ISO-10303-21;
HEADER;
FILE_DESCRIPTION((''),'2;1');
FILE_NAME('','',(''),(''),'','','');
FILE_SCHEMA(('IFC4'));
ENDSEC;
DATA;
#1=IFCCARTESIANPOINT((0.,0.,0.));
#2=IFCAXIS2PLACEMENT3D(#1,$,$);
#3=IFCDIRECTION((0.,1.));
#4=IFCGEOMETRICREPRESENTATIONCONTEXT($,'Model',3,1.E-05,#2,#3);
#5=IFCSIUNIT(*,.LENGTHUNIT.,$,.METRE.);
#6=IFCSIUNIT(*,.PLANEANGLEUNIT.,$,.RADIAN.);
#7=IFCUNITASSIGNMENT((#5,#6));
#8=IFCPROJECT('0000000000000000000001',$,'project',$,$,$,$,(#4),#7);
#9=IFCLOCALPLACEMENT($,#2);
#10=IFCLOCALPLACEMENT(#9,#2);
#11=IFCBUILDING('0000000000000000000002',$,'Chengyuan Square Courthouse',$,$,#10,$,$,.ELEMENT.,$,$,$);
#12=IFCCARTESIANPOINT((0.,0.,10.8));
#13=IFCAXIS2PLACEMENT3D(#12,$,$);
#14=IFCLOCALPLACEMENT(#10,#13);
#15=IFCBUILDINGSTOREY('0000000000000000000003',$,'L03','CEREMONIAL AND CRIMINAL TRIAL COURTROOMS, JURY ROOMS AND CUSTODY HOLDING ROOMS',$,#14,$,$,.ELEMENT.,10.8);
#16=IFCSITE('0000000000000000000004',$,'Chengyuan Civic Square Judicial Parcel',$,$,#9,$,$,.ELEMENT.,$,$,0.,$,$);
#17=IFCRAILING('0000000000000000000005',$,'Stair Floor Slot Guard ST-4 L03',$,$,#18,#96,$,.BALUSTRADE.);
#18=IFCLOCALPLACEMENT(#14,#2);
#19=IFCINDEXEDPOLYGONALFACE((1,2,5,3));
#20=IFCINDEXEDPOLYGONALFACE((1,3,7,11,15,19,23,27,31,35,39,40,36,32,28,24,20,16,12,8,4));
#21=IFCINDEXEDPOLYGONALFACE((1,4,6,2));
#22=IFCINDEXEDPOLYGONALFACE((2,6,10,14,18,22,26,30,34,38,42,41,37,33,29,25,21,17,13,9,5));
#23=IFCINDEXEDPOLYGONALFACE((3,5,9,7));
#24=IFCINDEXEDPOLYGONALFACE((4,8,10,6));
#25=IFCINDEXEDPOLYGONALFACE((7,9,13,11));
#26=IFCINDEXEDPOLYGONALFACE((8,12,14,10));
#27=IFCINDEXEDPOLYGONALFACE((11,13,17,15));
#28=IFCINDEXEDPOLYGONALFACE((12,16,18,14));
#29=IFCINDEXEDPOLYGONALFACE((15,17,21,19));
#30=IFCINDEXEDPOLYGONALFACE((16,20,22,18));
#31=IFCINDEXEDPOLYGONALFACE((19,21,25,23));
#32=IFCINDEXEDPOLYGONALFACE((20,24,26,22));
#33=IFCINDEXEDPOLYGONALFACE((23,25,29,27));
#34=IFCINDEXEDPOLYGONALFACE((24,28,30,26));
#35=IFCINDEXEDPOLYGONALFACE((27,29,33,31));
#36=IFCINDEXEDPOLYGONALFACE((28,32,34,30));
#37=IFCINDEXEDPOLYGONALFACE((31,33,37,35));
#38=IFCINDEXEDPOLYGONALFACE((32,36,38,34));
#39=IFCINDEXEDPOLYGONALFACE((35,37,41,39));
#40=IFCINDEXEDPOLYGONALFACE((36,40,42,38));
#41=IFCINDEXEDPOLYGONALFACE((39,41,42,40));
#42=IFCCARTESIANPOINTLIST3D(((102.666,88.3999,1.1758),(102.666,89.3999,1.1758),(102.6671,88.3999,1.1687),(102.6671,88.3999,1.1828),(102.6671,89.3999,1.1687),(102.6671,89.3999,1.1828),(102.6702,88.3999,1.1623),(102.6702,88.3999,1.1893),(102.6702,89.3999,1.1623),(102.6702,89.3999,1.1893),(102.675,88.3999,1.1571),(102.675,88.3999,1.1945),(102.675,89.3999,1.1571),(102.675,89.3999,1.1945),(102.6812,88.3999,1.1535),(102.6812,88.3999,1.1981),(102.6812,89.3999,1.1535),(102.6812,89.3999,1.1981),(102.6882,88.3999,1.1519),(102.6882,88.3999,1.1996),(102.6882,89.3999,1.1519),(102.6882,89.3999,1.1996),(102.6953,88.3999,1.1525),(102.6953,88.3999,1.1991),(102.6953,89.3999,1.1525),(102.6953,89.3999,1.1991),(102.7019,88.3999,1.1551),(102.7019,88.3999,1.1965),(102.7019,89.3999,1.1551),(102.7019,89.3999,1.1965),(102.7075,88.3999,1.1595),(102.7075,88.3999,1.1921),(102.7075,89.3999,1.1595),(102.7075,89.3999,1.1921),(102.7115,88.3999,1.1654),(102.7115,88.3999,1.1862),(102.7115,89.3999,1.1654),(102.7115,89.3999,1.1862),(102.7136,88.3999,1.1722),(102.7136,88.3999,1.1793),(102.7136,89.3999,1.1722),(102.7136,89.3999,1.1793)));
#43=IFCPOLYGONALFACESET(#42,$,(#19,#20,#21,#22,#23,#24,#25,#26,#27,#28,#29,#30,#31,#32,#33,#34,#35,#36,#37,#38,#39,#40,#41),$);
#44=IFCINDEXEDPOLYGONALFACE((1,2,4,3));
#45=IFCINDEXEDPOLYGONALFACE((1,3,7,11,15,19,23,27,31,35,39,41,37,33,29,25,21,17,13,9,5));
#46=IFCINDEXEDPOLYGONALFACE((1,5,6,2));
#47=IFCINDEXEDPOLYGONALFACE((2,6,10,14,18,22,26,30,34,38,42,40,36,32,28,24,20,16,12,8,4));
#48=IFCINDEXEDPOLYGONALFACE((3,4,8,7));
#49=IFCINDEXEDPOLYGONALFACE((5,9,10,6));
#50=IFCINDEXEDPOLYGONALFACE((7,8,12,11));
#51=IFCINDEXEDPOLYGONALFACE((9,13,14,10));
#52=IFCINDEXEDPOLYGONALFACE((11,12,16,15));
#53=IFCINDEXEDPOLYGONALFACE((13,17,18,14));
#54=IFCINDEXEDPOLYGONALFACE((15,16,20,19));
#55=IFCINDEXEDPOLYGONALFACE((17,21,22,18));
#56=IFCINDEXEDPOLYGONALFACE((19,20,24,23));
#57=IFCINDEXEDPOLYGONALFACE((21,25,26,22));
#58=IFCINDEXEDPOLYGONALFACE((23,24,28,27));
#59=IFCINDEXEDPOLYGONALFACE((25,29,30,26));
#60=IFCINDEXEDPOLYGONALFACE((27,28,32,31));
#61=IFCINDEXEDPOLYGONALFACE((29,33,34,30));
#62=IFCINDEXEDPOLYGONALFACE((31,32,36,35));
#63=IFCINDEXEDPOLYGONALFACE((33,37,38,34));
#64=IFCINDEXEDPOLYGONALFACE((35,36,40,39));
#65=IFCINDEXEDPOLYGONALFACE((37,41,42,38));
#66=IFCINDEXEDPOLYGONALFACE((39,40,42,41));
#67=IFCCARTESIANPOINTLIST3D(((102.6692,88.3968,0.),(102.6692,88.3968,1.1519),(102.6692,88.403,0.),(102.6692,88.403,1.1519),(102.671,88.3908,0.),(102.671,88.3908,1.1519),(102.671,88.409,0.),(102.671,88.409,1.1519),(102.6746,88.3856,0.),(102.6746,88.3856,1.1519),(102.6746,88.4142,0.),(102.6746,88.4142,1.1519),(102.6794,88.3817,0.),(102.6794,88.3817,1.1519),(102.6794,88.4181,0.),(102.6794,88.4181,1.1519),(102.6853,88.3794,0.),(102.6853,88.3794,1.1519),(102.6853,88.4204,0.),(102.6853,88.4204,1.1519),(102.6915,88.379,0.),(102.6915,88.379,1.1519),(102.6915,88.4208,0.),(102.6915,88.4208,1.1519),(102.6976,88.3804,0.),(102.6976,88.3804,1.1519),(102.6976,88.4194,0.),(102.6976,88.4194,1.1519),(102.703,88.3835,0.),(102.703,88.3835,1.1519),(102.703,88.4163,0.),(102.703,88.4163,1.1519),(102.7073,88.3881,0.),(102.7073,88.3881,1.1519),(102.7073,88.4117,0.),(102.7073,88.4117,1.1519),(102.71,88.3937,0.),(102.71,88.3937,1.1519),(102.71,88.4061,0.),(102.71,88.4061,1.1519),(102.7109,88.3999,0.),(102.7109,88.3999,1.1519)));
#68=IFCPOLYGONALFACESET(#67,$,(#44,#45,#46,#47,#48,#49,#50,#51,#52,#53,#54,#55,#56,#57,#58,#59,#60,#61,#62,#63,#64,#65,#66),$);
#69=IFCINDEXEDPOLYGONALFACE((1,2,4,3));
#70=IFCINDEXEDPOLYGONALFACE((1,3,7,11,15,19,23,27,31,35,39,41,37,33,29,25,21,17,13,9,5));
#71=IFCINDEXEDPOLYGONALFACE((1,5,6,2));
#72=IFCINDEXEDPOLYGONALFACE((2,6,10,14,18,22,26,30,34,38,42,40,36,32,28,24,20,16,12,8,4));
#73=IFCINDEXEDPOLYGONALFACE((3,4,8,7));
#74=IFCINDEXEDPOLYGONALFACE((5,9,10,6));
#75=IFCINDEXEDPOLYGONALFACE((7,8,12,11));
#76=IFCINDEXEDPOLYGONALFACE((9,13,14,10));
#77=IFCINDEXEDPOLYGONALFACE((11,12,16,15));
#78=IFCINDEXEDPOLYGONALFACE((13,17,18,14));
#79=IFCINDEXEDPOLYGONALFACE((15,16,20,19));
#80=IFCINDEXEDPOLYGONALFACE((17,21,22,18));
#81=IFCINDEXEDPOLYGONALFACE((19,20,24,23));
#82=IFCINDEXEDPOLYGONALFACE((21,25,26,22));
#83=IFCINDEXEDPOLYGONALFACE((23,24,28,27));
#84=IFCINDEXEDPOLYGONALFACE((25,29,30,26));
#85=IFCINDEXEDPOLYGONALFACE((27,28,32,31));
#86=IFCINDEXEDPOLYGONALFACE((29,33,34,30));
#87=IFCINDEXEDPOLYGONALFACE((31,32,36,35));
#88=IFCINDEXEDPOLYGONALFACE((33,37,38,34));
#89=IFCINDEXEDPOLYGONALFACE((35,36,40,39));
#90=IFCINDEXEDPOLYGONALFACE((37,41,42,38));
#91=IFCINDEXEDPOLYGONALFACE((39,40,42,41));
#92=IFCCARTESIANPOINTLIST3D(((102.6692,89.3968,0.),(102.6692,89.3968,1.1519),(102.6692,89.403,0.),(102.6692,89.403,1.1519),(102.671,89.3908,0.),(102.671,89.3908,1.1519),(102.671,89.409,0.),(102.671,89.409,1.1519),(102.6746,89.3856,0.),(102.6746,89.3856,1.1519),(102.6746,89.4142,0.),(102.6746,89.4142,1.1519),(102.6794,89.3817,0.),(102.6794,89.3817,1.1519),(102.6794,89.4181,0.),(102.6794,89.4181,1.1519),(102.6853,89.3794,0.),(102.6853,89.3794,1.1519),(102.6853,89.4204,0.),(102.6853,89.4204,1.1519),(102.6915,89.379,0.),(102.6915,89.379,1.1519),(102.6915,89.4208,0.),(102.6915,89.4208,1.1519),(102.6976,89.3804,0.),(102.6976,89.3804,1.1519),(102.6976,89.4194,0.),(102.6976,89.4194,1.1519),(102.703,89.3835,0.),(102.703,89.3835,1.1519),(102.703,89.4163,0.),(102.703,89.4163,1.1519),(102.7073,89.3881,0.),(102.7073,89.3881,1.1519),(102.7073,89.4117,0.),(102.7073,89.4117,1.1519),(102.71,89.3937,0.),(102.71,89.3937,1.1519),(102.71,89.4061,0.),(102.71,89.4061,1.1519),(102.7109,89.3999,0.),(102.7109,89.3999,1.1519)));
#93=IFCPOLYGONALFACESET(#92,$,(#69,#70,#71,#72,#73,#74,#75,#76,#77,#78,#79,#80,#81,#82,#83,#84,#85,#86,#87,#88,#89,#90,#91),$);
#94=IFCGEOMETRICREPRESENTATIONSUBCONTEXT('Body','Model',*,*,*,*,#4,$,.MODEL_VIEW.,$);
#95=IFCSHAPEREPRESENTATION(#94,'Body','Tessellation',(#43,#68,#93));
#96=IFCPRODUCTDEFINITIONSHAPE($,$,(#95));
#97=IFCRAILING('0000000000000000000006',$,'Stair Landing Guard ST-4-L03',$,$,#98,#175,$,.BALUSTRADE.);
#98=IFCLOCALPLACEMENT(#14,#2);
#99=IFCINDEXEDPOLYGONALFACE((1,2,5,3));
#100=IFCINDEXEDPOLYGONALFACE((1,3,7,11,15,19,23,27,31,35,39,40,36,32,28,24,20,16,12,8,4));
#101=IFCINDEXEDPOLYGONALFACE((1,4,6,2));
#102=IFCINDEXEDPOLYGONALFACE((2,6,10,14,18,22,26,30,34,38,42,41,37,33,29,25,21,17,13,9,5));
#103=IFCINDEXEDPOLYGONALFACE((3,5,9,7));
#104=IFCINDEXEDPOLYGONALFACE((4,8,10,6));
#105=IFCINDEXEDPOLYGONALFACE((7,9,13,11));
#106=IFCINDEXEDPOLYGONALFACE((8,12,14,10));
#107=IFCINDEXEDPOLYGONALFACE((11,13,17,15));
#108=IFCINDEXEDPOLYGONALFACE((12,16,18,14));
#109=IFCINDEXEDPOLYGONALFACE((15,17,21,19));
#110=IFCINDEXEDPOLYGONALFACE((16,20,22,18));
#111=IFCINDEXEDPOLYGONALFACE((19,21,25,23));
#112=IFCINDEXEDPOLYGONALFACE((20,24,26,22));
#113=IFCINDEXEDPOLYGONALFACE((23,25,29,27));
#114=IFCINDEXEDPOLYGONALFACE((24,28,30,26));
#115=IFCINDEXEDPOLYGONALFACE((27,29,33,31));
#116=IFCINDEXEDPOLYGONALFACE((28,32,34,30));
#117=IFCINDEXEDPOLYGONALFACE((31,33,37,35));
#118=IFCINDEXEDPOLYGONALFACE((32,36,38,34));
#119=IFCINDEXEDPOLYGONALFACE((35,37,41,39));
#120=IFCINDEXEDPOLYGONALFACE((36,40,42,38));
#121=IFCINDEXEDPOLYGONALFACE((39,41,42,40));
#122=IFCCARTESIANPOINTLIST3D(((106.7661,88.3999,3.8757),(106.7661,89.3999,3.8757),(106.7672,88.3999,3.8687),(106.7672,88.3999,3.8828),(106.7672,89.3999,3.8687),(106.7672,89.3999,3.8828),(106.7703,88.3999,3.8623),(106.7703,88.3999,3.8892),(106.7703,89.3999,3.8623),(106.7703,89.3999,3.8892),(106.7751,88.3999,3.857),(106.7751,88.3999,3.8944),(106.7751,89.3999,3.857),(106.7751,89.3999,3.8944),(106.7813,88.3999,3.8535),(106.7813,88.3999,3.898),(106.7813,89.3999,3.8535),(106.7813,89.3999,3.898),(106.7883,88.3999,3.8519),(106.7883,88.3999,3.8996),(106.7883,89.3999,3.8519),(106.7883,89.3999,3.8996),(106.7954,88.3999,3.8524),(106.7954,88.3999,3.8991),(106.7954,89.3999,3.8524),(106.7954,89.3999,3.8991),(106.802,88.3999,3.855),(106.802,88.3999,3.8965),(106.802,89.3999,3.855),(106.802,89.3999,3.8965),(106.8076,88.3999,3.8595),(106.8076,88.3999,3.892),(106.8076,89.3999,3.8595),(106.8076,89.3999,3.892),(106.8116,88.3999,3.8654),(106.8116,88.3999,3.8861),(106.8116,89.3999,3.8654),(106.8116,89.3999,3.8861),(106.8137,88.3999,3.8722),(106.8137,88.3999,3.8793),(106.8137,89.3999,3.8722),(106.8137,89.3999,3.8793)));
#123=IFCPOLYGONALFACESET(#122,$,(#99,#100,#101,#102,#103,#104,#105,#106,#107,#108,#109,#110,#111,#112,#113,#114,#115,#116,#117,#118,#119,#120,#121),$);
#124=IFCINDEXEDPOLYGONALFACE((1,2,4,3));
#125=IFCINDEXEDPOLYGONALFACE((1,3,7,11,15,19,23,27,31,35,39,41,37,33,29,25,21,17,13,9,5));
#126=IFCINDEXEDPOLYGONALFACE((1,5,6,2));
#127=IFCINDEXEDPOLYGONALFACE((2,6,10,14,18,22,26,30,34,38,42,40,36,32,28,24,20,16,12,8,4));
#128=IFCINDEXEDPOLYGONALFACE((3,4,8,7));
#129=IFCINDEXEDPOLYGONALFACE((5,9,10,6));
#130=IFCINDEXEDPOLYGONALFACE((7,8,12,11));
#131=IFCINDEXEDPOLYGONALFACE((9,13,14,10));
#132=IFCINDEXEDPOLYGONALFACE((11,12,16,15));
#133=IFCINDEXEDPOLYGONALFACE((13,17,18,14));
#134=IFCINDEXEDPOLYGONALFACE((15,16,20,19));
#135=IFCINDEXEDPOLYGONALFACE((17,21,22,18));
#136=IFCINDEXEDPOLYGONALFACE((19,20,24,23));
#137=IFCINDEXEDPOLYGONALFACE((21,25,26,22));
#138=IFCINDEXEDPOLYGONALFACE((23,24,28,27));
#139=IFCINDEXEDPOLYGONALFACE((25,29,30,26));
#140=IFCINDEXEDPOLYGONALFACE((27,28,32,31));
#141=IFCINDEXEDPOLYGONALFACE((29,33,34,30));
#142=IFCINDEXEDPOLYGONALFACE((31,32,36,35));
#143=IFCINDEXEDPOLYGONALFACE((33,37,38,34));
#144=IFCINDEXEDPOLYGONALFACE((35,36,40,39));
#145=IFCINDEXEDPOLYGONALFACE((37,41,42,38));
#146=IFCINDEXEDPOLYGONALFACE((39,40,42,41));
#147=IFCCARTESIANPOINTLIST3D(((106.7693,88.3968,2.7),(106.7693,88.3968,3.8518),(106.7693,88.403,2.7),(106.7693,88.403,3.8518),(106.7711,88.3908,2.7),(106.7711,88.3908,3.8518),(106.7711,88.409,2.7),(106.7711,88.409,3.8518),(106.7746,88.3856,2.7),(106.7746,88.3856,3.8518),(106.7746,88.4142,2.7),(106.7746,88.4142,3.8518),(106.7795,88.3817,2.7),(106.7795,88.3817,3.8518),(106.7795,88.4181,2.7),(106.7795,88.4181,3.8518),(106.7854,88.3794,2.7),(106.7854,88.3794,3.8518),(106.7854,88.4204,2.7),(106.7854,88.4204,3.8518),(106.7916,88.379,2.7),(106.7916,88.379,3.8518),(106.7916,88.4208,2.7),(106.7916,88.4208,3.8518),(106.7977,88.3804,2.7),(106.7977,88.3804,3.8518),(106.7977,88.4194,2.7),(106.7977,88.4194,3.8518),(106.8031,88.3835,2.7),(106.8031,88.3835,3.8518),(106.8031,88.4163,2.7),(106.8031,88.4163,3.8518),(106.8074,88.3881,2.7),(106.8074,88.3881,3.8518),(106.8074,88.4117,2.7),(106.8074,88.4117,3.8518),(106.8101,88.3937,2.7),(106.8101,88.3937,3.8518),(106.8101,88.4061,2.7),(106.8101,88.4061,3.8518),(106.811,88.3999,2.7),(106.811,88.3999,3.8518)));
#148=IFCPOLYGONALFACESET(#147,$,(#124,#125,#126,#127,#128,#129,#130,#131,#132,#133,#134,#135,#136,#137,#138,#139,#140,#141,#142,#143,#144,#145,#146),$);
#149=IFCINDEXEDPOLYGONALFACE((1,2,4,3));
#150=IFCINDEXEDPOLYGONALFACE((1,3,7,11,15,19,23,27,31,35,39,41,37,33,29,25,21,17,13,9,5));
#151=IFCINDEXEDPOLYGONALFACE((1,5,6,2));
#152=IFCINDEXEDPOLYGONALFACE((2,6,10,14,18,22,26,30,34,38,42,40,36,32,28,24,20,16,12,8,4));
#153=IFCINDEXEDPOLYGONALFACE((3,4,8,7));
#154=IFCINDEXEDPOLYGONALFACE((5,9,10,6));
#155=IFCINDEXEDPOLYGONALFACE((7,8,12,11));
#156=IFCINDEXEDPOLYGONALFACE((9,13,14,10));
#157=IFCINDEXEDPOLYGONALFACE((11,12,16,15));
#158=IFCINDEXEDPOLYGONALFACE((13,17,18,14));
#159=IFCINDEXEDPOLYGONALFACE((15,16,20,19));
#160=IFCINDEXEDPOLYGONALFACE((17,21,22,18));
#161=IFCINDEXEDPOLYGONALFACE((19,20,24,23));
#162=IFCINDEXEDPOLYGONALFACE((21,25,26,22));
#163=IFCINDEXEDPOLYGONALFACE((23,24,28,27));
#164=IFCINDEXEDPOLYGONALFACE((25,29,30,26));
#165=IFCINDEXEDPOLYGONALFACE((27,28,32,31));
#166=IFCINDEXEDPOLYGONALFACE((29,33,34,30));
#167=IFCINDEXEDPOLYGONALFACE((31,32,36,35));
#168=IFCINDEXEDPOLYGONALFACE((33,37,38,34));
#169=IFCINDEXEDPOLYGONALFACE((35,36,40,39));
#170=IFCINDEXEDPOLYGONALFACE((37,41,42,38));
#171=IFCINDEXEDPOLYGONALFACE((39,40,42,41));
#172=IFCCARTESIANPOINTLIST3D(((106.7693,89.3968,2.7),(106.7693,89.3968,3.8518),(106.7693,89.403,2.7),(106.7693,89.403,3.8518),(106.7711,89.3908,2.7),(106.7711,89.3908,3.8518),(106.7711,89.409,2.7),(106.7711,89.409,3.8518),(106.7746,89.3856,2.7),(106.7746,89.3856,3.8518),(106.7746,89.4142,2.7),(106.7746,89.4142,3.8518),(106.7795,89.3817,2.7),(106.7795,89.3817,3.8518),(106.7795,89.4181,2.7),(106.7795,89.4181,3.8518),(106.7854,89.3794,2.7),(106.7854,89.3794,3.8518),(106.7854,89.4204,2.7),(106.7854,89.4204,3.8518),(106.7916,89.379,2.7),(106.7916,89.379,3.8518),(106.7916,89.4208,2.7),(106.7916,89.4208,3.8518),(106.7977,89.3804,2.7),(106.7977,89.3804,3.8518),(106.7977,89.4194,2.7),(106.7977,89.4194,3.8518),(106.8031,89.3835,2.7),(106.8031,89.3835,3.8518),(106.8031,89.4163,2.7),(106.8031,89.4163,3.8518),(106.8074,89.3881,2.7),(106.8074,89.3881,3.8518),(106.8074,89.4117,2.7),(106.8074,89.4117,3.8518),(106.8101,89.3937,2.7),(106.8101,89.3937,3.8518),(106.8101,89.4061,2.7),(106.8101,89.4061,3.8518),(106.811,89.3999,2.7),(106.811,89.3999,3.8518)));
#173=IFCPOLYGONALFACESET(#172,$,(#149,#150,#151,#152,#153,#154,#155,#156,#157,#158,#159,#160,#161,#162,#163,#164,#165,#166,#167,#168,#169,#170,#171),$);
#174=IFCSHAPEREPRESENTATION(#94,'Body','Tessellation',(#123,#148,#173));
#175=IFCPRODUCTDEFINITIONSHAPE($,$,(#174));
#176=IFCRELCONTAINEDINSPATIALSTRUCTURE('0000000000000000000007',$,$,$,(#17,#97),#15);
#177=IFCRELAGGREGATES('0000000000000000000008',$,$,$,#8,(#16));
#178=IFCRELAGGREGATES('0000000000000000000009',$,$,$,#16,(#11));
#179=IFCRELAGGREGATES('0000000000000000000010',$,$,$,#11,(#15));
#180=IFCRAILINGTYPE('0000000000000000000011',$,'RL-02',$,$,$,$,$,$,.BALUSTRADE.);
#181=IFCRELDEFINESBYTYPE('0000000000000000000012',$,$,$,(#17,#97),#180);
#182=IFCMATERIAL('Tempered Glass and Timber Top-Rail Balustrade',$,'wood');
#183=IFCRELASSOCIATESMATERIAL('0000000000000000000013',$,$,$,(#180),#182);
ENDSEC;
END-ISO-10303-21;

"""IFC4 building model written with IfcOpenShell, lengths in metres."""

from ifc_helpers import new_model, si_unit, direction, frame, origin, origin_2d, place, context, subcontext, project, spatial, circle, extrude, material, type_object, element, save


model = new_model("IFC4")

# Units and contexts
model_context = context("Model", 3, precision=1e-05, world=origin(), true_north=direction((0.0, 1.0)))
body_context = subcontext(model_context, "Body", "Model", "MODEL_VIEW")
ifc_project = project(units=[si_unit("LENGTHUNIT", "METRE"), si_unit("PLANEANGLEUNIT", "RADIAN")], contexts=[model_context])

# Site, building, storey
site_placement = place(None, origin())
site = spatial("IfcSite", under=ifc_project, at=site_placement, Name="Chengyuan Civic Square Judicial Parcel", CompositionType="ELEMENT", RefElevation=0.0)
building_placement = place(site_placement, origin())
building = spatial("IfcBuilding", under=site, at=building_placement, Name="Chengyuan Square Courthouse", CompositionType="ELEMENT")
storey_placement = place(building_placement, frame((0.0, 0.0, 10.8)))
storey = spatial("IfcBuildingStorey", under=building, at=storey_placement, Name="L03", Description="CEREMONIAL AND CRIMINAL TRIAL COURTROOMS, JURY ROOMS AND CUSTODY HOLDING ROOMS", CompositionType="ELEMENT", Elevation=10.8)

# Railings
ifc_material_1 = material(Name="Tempered Glass and Timber Top-Rail Balustrade", Category="wood")
railing_type_1 = type_object("IfcRailingType", Name="RL-02", PredefinedType="BALUSTRADE", material=ifc_material_1)
for number, where, name in (
    (1, (102.6899, 88.3999, 0.0), "Stair Floor Slot Guard ST-4 L03"),
    (2, (106.79, 88.3999, 2.7), "Stair Landing Guard ST-4-L03"),
):
    element("IfcRailing", number, at=place(storey_placement, frame(where)), inside=storey, type_object=railing_type_1, Name=name, PredefinedType="BALUSTRADE", context=body_context, shape_type="SweptSolid", body=[
        extrude(circle(Radius=0.0239, at=origin_2d()), frame((0.0, 0.0, 1.1758), z_axis=(0.0, 1.0, 0.0), x_axis=(-1.0, 0.0, 0.0)), (0.0, 0.0, 1.0), 1.0),
        extrude(circle(Radius=0.021, at=origin_2d()), origin(), (0.0, 0.0, 1.0), 1.1519),
        extrude(circle(Radius=0.021, at=origin_2d()), frame((0.0, 1.0, 0.0)), (0.0, 0.0, 1.0), 1.1519),
    ])

save(model, "model.ifc")
